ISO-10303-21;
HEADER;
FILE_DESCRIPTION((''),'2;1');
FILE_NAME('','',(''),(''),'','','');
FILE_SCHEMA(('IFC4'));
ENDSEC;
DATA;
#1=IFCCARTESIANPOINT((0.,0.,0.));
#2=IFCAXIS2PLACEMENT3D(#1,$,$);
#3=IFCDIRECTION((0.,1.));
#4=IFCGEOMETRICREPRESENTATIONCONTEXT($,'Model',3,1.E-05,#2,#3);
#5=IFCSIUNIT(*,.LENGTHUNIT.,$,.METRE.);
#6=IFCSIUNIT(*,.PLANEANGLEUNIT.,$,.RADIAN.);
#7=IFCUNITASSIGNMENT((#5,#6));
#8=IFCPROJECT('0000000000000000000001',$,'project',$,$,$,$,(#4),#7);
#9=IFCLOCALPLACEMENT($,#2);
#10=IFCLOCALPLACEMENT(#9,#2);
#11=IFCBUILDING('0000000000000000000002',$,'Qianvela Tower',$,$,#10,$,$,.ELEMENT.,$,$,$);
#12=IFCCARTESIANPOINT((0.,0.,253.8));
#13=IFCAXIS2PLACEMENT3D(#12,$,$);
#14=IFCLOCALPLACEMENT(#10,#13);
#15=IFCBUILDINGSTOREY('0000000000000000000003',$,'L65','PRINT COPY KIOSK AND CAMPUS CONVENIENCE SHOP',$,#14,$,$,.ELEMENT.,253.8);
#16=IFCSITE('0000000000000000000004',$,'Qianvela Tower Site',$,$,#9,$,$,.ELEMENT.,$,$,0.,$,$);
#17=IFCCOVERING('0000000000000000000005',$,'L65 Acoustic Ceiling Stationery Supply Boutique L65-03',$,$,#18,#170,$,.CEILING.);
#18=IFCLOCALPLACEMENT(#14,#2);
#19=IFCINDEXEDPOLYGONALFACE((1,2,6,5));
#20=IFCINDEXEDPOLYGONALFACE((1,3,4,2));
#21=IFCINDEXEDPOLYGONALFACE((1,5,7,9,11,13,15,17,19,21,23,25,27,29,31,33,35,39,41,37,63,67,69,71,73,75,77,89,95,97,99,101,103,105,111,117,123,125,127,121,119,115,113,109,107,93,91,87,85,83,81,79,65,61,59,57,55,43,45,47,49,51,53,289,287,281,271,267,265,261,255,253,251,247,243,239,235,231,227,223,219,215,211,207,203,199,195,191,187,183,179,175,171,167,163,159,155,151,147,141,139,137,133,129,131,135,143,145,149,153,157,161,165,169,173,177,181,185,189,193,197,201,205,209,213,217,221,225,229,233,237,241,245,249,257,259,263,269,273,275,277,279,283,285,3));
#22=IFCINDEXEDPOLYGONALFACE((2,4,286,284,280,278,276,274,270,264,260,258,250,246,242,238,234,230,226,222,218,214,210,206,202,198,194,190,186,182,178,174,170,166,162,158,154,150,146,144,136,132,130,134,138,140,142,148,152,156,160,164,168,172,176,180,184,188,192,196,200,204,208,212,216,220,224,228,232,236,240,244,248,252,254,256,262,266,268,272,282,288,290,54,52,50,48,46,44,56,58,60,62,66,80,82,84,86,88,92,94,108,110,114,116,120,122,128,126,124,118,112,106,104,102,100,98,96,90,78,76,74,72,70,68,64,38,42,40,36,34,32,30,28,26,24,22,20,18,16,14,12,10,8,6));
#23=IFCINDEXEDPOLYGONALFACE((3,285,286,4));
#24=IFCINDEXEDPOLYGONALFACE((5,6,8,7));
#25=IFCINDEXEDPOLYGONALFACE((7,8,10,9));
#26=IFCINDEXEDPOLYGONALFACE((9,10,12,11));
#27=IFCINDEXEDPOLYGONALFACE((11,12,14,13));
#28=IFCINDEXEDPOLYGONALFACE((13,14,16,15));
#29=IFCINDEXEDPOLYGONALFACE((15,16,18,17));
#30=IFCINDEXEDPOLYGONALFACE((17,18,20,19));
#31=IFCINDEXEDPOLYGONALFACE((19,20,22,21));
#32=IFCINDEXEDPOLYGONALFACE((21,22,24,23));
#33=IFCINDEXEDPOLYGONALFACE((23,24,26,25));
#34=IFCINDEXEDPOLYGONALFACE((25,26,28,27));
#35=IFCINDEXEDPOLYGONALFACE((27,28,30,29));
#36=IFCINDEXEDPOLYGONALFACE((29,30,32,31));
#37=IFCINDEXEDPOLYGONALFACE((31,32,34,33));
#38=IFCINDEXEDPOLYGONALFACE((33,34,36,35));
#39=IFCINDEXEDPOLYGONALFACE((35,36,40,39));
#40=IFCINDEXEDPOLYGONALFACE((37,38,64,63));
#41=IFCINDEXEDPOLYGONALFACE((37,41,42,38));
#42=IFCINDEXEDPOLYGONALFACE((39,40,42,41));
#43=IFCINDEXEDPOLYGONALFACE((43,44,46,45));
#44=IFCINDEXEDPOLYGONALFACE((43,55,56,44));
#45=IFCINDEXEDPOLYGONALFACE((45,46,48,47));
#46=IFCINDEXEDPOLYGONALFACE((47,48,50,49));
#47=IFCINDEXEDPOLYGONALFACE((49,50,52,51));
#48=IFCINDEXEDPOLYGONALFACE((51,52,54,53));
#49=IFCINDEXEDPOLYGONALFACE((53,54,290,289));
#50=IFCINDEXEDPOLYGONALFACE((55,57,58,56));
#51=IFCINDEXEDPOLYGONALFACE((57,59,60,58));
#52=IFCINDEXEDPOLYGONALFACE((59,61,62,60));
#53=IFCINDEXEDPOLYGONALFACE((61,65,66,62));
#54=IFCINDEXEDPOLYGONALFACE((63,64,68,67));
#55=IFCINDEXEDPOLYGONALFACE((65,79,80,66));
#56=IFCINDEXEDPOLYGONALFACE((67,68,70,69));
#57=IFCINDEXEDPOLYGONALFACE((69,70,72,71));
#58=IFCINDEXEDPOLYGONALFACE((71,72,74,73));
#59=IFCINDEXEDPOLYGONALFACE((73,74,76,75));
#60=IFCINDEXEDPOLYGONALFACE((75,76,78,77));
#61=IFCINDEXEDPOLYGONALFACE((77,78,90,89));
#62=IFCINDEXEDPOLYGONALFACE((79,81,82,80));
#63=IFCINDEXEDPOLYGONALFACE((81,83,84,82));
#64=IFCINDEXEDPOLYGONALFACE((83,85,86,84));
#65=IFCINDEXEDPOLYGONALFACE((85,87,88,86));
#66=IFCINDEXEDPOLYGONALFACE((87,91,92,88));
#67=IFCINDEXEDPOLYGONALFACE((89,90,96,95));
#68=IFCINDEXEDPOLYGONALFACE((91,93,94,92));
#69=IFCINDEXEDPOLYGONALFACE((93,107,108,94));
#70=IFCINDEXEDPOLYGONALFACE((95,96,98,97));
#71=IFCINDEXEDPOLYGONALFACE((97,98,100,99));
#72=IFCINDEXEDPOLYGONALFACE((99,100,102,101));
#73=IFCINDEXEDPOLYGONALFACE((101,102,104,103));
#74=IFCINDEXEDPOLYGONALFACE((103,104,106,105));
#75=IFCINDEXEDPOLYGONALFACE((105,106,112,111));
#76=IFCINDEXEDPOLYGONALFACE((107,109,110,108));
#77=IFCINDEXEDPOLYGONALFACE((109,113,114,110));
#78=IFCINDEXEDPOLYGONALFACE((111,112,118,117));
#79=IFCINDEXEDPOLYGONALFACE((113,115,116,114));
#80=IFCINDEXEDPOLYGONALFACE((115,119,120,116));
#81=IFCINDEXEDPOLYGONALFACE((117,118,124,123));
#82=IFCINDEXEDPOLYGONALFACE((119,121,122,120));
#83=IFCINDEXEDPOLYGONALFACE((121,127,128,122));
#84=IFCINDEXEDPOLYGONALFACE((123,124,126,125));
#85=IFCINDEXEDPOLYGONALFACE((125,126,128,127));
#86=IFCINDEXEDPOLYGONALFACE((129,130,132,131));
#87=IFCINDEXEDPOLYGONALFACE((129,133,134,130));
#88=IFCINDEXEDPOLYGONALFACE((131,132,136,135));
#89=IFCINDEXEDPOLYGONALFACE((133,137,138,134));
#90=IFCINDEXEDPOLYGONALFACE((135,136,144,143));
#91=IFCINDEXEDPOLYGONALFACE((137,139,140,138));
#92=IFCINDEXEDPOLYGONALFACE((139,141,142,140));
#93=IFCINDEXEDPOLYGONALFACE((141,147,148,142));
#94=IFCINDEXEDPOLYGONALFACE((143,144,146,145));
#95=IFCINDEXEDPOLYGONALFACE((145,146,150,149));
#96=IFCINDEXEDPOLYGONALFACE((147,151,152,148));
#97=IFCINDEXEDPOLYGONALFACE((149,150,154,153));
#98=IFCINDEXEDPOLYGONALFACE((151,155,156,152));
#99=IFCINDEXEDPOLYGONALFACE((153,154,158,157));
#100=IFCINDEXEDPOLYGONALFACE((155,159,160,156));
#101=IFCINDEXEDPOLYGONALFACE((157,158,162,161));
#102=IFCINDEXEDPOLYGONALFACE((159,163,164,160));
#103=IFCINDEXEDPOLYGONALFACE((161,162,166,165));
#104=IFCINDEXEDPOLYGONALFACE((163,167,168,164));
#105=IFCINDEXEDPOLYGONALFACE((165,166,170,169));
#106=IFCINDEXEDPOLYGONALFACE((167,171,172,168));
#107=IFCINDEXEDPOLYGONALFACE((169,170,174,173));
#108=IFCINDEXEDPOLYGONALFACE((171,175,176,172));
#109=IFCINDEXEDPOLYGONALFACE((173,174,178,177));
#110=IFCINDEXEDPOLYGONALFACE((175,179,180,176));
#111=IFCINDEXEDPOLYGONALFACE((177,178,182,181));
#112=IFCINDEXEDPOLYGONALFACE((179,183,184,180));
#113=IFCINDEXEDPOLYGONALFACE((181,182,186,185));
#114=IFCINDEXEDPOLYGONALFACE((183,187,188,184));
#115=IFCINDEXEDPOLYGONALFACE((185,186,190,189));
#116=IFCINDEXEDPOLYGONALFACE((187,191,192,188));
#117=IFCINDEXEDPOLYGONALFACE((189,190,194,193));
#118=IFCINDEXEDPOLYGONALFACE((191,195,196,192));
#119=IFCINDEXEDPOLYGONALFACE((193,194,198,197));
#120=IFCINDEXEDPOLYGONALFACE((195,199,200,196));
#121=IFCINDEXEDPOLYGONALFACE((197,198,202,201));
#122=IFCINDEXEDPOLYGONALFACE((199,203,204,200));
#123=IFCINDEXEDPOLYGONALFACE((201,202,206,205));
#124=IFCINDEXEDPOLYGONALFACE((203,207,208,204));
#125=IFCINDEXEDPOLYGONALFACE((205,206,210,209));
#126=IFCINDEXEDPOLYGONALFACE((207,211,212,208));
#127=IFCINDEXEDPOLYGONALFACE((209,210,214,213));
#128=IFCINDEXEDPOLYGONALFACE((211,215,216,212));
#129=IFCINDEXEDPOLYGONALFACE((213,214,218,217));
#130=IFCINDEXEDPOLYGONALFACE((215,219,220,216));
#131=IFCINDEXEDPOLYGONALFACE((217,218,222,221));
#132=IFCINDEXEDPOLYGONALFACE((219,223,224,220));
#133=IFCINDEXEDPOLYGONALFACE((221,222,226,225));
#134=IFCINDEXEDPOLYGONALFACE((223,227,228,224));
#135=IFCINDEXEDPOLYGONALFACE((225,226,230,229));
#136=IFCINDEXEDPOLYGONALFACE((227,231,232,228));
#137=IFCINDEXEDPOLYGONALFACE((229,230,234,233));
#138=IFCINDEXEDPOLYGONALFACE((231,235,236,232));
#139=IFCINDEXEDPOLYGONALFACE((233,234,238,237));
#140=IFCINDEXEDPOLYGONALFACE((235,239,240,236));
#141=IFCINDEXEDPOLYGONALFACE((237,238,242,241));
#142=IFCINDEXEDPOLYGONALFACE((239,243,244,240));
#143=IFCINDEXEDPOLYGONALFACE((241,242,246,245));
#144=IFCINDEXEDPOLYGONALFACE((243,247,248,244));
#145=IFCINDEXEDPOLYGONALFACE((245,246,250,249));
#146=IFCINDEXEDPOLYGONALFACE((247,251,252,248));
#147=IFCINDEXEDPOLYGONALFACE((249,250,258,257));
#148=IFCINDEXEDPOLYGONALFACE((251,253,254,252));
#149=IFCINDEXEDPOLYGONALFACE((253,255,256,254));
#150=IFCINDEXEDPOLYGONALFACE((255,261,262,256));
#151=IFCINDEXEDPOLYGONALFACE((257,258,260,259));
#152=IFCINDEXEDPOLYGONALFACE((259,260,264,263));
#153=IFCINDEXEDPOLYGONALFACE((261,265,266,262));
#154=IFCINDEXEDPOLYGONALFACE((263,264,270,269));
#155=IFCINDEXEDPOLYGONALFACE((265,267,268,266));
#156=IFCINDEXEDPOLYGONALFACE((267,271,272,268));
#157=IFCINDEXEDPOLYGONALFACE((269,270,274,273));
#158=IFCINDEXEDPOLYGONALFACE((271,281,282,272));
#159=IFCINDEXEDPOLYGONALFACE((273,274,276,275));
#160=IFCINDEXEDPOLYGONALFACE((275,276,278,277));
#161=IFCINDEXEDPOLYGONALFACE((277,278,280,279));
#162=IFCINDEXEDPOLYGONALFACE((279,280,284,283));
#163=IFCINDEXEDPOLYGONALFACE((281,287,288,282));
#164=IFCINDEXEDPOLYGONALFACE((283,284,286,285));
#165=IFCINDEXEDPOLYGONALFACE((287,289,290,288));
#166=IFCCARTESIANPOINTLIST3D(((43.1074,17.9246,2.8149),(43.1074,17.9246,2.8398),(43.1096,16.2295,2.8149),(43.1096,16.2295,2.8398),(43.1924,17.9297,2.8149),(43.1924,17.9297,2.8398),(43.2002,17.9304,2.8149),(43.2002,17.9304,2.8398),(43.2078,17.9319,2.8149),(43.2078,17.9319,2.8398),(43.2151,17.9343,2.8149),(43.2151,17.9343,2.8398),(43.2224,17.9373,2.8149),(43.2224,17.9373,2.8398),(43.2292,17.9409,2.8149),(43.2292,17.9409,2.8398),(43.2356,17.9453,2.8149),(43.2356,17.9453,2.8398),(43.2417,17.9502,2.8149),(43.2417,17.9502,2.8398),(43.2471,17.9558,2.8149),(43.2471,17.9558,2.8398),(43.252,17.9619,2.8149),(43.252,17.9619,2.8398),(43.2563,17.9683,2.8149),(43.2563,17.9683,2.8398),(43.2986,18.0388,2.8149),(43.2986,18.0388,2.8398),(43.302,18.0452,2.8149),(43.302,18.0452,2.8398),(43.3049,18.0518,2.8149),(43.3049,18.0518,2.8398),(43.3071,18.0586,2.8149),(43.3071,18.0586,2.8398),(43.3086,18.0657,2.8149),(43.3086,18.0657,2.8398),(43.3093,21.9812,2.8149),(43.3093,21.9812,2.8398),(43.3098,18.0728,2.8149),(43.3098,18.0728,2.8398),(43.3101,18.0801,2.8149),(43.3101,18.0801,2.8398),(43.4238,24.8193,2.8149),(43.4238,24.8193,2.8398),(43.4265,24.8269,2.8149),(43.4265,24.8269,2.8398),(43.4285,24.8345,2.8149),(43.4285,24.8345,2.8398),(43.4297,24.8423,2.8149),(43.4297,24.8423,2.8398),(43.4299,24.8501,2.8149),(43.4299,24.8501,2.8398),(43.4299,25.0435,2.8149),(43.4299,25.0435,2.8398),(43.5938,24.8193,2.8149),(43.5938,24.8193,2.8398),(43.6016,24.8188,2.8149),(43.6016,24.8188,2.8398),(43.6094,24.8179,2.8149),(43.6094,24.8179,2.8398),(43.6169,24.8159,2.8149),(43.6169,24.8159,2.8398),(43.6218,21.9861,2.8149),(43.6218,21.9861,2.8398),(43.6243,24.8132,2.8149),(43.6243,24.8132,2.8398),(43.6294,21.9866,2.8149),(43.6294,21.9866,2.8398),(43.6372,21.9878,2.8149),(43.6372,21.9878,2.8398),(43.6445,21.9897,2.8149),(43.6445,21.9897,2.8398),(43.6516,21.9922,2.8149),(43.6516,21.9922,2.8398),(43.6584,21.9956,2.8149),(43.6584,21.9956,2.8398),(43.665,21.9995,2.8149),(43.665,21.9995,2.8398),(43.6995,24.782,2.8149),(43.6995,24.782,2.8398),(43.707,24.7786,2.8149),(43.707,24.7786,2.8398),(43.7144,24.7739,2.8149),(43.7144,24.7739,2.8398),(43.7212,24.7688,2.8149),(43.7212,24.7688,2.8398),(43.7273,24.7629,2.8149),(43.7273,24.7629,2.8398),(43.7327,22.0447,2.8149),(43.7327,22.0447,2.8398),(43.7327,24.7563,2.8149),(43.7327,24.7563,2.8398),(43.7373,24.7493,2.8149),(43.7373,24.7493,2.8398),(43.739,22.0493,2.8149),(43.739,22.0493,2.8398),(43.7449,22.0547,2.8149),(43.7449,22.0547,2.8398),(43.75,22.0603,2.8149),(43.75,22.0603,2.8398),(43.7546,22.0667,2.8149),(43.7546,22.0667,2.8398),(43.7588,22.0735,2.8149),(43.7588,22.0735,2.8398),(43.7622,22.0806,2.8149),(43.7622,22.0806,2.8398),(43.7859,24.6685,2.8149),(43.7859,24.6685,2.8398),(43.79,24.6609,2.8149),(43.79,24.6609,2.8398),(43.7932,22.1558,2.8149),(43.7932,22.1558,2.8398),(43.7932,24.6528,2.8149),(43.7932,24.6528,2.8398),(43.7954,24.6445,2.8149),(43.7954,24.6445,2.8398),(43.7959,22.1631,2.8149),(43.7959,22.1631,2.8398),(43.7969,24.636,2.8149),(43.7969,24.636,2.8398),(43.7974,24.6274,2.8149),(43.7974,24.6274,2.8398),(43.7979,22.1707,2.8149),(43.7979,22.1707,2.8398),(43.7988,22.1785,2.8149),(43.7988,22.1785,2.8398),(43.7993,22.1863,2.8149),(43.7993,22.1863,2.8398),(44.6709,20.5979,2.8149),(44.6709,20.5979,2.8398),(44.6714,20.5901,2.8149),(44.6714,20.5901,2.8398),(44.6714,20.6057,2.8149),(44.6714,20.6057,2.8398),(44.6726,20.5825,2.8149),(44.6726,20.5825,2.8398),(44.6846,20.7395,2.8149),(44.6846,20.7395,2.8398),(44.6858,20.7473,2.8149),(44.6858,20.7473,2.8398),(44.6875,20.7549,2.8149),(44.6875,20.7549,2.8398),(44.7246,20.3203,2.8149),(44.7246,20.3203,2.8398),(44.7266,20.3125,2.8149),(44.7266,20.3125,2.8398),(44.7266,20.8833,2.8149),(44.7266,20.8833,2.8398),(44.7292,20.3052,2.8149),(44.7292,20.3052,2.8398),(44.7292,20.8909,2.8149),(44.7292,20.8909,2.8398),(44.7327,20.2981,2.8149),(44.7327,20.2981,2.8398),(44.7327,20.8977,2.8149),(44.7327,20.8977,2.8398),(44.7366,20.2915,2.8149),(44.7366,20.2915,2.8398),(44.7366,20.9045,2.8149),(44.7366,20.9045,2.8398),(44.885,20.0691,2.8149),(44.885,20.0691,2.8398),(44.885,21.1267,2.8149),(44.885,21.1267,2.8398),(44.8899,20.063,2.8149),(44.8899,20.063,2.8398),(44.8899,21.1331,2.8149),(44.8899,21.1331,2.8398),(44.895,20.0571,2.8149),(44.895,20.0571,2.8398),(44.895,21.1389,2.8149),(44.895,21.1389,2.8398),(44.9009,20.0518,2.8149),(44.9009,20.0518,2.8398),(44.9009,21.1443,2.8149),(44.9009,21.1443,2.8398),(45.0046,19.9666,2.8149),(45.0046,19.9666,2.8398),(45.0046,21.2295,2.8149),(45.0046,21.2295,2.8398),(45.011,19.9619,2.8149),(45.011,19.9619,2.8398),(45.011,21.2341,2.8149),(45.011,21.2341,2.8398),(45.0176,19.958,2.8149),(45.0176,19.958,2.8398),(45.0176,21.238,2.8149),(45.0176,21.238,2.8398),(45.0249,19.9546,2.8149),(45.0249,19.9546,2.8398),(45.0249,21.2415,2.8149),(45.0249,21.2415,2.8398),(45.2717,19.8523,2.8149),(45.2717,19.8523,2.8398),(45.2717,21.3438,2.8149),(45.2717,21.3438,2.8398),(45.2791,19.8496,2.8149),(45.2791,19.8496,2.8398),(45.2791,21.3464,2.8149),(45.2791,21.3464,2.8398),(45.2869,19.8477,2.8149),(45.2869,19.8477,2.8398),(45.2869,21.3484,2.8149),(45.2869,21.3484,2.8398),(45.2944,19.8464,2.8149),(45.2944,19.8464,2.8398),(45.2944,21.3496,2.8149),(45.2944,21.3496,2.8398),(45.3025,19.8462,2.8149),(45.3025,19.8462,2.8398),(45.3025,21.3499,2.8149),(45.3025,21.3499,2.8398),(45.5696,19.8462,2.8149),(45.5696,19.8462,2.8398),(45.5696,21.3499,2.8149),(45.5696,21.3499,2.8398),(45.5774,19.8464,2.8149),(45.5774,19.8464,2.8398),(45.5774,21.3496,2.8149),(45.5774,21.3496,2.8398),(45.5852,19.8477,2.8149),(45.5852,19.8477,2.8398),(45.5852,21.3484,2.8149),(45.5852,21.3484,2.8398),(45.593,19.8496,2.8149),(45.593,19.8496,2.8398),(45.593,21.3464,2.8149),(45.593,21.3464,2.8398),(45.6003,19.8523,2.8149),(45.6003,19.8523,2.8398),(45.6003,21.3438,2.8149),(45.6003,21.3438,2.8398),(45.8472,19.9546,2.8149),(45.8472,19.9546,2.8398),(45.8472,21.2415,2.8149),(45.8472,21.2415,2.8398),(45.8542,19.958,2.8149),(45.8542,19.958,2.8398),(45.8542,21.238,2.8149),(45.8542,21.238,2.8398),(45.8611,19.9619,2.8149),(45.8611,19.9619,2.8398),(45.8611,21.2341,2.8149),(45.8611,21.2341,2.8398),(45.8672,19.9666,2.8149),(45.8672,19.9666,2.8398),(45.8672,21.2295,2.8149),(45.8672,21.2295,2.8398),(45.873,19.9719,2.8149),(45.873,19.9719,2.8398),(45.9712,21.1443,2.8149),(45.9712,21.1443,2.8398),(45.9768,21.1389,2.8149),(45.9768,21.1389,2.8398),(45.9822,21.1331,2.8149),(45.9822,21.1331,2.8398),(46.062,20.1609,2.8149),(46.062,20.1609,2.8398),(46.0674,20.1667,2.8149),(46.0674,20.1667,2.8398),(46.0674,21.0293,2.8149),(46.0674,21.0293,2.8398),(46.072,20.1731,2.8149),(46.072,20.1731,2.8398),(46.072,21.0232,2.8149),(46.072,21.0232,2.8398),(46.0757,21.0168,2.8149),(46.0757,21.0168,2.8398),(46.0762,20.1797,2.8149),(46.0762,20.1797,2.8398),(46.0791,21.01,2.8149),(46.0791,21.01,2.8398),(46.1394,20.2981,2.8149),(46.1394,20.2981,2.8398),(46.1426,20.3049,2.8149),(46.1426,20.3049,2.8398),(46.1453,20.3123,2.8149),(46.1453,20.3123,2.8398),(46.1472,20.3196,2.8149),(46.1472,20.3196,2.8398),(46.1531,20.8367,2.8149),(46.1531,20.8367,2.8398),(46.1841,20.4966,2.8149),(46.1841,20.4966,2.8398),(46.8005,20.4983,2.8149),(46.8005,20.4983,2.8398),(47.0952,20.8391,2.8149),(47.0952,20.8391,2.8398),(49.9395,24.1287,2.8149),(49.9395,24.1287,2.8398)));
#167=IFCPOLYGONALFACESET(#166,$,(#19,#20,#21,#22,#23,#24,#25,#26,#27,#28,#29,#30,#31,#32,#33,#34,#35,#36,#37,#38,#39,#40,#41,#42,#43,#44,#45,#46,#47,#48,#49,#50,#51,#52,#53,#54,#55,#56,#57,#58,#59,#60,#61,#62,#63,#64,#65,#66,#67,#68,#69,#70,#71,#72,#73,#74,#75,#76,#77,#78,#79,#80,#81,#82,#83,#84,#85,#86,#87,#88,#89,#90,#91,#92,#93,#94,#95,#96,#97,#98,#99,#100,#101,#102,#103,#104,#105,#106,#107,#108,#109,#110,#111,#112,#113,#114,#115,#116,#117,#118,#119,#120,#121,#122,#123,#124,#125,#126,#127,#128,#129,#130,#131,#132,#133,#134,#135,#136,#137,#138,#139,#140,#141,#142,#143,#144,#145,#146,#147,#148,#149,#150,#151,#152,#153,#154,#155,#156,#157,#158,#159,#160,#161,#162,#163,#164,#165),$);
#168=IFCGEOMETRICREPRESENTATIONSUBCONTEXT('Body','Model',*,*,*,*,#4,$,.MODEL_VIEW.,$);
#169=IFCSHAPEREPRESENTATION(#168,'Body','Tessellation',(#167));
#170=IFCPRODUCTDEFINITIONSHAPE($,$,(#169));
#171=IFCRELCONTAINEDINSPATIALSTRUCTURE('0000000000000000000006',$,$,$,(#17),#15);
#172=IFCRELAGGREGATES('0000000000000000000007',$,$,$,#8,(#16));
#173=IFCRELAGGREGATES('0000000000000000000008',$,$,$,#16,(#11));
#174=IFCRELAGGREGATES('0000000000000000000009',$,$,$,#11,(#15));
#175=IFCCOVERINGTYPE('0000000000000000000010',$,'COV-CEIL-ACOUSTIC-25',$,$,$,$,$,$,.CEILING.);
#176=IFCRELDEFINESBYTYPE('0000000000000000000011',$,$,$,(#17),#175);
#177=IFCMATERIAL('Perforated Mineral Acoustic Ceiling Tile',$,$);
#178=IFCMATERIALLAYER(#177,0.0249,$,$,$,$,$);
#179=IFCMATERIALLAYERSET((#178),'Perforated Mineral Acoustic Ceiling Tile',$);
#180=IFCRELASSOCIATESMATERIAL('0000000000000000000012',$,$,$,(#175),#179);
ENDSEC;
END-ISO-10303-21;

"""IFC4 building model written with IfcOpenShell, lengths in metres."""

from ifc_helpers import new_model, si_unit, direction, frame, origin, place, context, subcontext, project, spatial, polyline, outline, extrude, material, layer, layer_set, type_object, element, save


model = new_model("IFC4")

# Units and contexts
model_context = context("Model", 3, precision=1e-05, world=origin(), true_north=direction((0.0, 1.0)))
body_context = subcontext(model_context, "Body", "Model", "MODEL_VIEW")
ifc_project = project(units=[si_unit("LENGTHUNIT", "METRE"), si_unit("PLANEANGLEUNIT", "RADIAN")], contexts=[model_context])

# Site, building, storey
site_placement = place(None, origin())
site = spatial("IfcSite", under=ifc_project, at=site_placement, Name="Qianvela Tower Site", CompositionType="ELEMENT", RefElevation=0.0)
building_placement = place(site_placement, origin())
building = spatial("IfcBuilding", under=site, at=building_placement, Name="Qianvela Tower", CompositionType="ELEMENT")
storey_placement = place(building_placement, frame((0.0, 0.0, 253.8)))
storey = spatial("IfcBuildingStorey", under=building, at=storey_placement, Name="L65", Description="PRINT COPY KIOSK AND CAMPUS CONVENIENCE SHOP", CompositionType="ELEMENT", Elevation=253.8)

# Covering
ifc_material_1 = material(Name="Perforated Mineral Acoustic Ceiling Tile")
ifc_layer_1 = layer(ifc_material_1, 0.0249)
ifc_layer_set_1 = layer_set([ifc_layer_1], Name="Perforated Mineral Acoustic Ceiling Tile")
covering_type_1 = type_object("IfcCoveringType", Name="COV-CEIL-ACOUSTIC-25", PredefinedType="CEILING", material=ifc_layer_set_1)
covering_1_placement = place(storey_placement, frame((0.0, 0.0, 2.8149)))
element("IfcCovering", 1, at=covering_1_placement, inside=storey, type_object=covering_type_1, Name="L65 Acoustic Ceiling Stationery Supply Boutique L65-03", PredefinedType="CEILING", context=body_context, shape_type="SweptSolid", body=[
    extrude(outline(polyline([(43.2986, 18.0388), (43.302, 18.0452), (43.3049, 18.0518), (43.3071, 18.0586), (43.3086, 18.0657), (43.3098, 18.0728), (43.3101, 18.0801), (43.3093, 21.9812), (43.6218, 21.9861), (43.6294, 21.9866), (43.6372, 21.9878), (43.6445, 21.9897), (43.6516, 21.9922), (43.6584, 21.9956), (43.665, 21.9995), (43.7327, 22.0447), (43.739, 22.0493), (43.7449, 22.0547), (43.75, 22.0603), (43.7546, 22.0667), (43.7588, 22.0735), (43.7622, 22.0806), (43.7932, 22.1558), (43.7959, 22.1631), (43.7979, 22.1707), (43.7988, 22.1785), (43.7993, 22.1863), (43.7974, 24.6274), (43.7969, 24.636), (43.7954, 24.6445), (43.7932, 24.6528), (43.79, 24.6609), (43.7859, 24.6685), (43.7373, 24.7493), (43.7327, 24.7563), (43.7273, 24.7629), (43.7212, 24.7688), (43.7144, 24.7739), (43.707, 24.7786), (43.6995, 24.782), (43.6243, 24.8132), (43.6169, 24.8159), (43.6094, 24.8179), (43.6016, 24.8188), (43.5938, 24.8193), (43.4238, 24.8193), (43.4238, 24.8193), (43.4265, 24.8269), (43.4285, 24.8345), (43.4297, 24.8423), (43.4299, 24.8501), (43.4299, 25.0435), (49.9395, 24.1287), (47.0952, 20.8391), (46.1531, 20.8367), (46.0791, 21.01), (46.0757, 21.0168), (46.072, 21.0232), (46.0674, 21.0293), (45.9822, 21.1331), (45.9768, 21.1389), (45.9712, 21.1443), (45.8672, 21.2295), (45.8611, 21.2341), (45.8542, 21.238), (45.8472, 21.2415), (45.6003, 21.3438), (45.593, 21.3464), (45.5852, 21.3484), (45.5774, 21.3496), (45.5696, 21.3499), (45.3025, 21.3499), (45.2944, 21.3496), (45.2869, 21.3484), (45.2791, 21.3464), (45.2717, 21.3438), (45.0249, 21.2415), (45.0176, 21.238), (45.011, 21.2341), (45.0046, 21.2295), (44.9009, 21.1443), (44.895, 21.1389), (44.8899, 21.1331), (44.885, 21.1267), (44.7366, 20.9045), (44.7327, 20.8977), (44.7292, 20.8909), (44.7266, 20.8833), (44.6875, 20.7549), (44.6858, 20.7473), (44.6846, 20.7395), (44.6714, 20.6057), (44.6709, 20.5979), (44.6714, 20.5901), (44.6726, 20.5825), (44.7246, 20.3203), (44.7266, 20.3125), (44.7292, 20.3052), (44.7327, 20.2981), (44.7366, 20.2915), (44.885, 20.0691), (44.8899, 20.063), (44.895, 20.0571), (44.9009, 20.0518), (45.0046, 19.9666), (45.011, 19.9619), (45.0176, 19.958), (45.0249, 19.9546), (45.2717, 19.8523), (45.2791, 19.8496), (45.2869, 19.8477), (45.2944, 19.8464), (45.3025, 19.8462), (45.5696, 19.8462), (45.5774, 19.8464), (45.5852, 19.8477), (45.593, 19.8496), (45.6003, 19.8523), (45.8472, 19.9546), (45.8542, 19.958), (45.8611, 19.9619), (45.8672, 19.9666), (45.873, 19.9719), (46.062, 20.1609), (46.0674, 20.1667), (46.072, 20.1731), (46.0762, 20.1797), (46.1394, 20.2981), (46.1426, 20.3049), (46.1453, 20.3123), (46.1472, 20.3196), (46.1841, 20.4966), (46.8005, 20.4983), (43.1096, 16.2295), (43.1074, 17.9246), (43.1924, 17.9297), (43.2002, 17.9304), (43.2078, 17.9319), (43.2151, 17.9343), (43.2224, 17.9373), (43.2292, 17.9409), (43.2356, 17.9453), (43.2417, 17.9502), (43.2471, 17.9558), (43.252, 17.9619), (43.2563, 17.9683), (43.2986, 18.0388)])), origin(), (0.0, 0.0, 1.0), 0.0249),
])

save(model, "model.ifc")
